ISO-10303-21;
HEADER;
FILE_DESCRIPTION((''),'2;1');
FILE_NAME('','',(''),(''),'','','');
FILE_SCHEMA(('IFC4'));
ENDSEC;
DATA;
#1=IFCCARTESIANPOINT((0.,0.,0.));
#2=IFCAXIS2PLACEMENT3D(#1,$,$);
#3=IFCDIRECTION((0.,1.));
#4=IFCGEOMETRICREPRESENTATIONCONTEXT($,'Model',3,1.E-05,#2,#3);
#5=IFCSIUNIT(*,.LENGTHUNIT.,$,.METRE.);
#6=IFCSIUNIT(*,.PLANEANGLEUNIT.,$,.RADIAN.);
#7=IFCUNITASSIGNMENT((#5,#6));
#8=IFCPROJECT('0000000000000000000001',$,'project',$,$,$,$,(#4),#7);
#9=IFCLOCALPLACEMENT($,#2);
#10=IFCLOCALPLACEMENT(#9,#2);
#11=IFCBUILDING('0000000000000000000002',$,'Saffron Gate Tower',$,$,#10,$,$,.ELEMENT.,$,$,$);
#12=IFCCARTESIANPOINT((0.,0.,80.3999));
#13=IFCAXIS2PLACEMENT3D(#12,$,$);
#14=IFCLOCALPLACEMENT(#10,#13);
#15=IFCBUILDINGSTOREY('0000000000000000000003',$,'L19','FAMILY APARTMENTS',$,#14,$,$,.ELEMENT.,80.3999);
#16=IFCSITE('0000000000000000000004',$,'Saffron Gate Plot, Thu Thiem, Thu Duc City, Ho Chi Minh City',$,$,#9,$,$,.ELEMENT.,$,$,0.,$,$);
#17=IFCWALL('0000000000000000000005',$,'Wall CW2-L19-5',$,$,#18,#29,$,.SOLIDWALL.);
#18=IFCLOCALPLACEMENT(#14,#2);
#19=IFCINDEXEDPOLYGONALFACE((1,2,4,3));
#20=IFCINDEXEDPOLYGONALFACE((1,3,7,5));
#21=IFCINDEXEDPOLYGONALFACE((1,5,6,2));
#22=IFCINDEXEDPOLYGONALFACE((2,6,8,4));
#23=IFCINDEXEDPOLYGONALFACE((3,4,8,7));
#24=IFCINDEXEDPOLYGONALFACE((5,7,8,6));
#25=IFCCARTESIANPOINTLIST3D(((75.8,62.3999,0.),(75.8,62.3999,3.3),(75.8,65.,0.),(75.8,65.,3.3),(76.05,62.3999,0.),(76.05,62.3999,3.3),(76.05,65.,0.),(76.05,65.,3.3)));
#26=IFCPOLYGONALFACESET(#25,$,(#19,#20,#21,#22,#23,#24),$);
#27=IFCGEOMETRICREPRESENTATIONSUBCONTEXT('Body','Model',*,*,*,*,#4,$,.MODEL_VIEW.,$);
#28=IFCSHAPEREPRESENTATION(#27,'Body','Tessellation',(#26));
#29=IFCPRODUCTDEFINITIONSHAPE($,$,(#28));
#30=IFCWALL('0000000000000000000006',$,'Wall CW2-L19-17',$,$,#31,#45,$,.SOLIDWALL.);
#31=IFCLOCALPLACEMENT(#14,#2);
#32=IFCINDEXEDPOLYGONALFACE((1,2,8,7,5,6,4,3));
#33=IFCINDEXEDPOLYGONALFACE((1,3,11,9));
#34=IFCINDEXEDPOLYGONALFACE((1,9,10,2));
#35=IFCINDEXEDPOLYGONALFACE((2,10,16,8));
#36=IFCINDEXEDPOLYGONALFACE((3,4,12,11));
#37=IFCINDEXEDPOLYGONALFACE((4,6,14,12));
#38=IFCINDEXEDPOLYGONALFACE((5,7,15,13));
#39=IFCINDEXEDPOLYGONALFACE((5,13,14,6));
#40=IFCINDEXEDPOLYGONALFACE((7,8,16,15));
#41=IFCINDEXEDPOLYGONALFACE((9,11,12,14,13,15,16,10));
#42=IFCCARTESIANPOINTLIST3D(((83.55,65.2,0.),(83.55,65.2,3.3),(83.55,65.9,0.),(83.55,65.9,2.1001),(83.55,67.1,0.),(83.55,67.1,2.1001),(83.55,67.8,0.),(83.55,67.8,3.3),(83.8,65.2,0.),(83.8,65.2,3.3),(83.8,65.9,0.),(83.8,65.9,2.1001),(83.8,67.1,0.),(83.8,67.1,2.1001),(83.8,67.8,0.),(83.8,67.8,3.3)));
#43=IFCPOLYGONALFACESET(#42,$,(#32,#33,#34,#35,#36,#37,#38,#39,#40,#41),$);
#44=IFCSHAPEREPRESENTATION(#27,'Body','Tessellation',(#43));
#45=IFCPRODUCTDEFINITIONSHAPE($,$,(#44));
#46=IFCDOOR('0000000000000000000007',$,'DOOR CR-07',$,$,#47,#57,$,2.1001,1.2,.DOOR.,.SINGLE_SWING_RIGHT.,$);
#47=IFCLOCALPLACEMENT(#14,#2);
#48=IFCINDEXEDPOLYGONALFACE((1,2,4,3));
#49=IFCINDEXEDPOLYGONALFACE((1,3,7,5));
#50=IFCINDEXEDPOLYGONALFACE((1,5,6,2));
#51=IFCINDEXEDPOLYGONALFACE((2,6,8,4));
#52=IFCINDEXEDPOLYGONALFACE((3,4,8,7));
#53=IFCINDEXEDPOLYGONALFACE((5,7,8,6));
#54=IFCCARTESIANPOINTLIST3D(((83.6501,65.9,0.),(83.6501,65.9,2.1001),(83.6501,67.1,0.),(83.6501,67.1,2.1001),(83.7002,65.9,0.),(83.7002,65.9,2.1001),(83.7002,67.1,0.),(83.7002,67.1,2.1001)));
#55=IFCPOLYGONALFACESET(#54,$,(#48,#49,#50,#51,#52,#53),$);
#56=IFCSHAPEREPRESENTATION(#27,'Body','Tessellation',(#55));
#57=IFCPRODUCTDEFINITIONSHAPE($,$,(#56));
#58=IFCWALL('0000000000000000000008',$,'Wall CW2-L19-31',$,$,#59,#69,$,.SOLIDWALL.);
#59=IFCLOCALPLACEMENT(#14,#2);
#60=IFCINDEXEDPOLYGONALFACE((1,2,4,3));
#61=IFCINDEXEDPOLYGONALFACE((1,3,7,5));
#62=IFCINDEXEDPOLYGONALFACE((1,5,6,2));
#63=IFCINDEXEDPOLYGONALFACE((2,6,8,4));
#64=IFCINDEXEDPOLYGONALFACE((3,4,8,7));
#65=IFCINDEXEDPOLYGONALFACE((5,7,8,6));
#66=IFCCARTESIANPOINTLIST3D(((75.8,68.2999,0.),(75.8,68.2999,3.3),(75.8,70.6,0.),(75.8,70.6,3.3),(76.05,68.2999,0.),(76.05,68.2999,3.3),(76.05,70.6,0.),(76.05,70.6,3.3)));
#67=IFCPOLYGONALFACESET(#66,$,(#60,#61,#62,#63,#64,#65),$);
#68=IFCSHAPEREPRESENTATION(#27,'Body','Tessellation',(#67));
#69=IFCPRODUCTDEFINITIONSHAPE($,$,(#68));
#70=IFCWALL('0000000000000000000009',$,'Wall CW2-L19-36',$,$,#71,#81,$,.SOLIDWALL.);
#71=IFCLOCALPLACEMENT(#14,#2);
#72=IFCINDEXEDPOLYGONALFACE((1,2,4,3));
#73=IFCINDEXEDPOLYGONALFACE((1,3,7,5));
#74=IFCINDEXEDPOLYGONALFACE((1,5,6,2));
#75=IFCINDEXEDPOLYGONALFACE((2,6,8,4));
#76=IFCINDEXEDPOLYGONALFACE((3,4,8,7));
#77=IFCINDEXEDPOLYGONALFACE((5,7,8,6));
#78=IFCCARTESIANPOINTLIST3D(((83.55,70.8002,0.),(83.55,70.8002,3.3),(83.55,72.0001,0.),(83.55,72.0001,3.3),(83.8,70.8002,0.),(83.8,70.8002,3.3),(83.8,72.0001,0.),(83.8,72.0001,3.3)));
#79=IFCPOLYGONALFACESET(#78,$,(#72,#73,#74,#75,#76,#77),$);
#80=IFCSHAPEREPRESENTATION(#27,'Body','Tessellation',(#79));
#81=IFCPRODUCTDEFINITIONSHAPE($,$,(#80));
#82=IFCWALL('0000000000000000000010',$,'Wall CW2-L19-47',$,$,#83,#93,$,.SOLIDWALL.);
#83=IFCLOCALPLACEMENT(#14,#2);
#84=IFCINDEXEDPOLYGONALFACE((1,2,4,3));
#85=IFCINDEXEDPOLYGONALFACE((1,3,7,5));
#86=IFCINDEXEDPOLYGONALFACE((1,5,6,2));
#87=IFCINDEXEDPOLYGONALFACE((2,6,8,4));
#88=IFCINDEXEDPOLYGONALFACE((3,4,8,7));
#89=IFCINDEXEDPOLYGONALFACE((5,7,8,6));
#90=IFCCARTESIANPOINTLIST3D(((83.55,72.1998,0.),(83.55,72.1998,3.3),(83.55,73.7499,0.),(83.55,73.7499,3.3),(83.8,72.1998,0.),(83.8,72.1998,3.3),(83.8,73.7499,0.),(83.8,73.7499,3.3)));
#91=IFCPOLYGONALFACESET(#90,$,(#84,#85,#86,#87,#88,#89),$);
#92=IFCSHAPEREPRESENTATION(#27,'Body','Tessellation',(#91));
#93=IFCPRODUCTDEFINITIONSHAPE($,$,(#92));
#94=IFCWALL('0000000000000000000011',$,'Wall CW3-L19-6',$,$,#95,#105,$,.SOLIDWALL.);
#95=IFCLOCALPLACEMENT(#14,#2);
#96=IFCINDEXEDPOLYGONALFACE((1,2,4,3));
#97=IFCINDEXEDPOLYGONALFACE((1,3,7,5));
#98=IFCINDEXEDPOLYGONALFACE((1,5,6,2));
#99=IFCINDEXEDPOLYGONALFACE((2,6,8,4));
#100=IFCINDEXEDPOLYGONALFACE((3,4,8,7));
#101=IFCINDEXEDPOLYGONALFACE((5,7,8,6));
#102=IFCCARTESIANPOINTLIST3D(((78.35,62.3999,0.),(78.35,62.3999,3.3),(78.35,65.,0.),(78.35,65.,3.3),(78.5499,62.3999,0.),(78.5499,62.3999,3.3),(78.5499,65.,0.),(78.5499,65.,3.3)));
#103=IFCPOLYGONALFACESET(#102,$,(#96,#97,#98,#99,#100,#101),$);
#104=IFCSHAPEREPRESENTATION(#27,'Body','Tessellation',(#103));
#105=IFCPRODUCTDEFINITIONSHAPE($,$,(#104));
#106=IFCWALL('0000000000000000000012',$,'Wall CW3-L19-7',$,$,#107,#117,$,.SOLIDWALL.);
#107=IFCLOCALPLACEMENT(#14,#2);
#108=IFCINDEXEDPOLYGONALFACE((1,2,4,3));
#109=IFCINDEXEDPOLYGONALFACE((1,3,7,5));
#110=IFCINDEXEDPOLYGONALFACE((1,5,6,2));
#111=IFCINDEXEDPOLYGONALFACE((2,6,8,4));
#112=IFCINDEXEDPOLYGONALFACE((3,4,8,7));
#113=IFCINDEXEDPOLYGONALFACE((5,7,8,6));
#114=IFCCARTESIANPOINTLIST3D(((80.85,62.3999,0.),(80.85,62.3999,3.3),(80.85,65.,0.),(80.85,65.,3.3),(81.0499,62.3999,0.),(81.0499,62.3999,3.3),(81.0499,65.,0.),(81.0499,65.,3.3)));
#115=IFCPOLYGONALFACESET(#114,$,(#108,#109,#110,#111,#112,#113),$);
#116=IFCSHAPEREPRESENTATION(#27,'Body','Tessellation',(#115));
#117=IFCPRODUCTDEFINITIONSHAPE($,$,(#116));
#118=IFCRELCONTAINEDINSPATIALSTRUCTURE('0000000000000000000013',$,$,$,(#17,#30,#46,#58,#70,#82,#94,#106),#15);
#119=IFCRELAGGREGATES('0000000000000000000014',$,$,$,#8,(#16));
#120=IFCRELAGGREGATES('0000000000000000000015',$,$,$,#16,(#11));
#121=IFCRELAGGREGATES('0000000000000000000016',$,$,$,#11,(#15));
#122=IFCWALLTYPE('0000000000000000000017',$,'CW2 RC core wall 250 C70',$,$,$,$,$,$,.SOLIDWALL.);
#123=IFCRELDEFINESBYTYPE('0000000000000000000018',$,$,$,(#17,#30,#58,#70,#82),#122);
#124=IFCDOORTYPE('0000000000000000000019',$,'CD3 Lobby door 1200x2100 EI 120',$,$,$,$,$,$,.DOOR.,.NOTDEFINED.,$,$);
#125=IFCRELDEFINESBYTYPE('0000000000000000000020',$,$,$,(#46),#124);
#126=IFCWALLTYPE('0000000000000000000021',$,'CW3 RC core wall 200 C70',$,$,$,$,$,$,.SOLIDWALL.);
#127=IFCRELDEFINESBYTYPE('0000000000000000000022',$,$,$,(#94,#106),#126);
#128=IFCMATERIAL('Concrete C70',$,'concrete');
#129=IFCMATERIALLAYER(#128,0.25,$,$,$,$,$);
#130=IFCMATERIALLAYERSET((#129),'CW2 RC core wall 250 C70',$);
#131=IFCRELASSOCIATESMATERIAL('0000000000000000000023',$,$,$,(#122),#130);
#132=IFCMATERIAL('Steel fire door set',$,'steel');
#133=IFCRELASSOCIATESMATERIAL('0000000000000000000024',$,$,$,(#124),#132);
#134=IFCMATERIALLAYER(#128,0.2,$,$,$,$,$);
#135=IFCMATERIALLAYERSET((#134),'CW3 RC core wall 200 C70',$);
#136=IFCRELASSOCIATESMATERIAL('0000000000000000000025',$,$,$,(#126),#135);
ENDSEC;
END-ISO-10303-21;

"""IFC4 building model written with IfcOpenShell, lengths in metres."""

from ifc_helpers import new_model, si_unit, direction, frame, frame_2d, origin, place, context, subcontext, project, spatial, rectangle, extrude, material, layer, layer_set, type_object, element, fill, save


model = new_model("IFC4")

# Units and contexts
model_context = context("Model", 3, precision=1e-05, world=origin(), true_north=direction((0.0, 1.0)))
body_context = subcontext(model_context, "Body", "Model", "MODEL_VIEW")
ifc_project = project(units=[si_unit("LENGTHUNIT", "METRE"), si_unit("PLANEANGLEUNIT", "RADIAN")], contexts=[model_context])

# Site, building, storey
site_placement = place(None, origin())
site = spatial("IfcSite", under=ifc_project, at=site_placement, Name="Saffron Gate Plot, Thu Thiem, Thu Duc City, Ho Chi Minh City", CompositionType="ELEMENT", RefElevation=0.0)
building_placement = place(site_placement, origin())
building = spatial("IfcBuilding", under=site, at=building_placement, Name="Saffron Gate Tower", CompositionType="ELEMENT")
storey_placement = place(building_placement, frame((0.0, 0.0, 80.3999)))
storey = spatial("IfcBuildingStorey", under=building, at=storey_placement, Name="L19", Description="FAMILY APARTMENTS", CompositionType="ELEMENT", Elevation=80.3999)

# Wall
ifc_material_1 = material(Name="Concrete C70", Category="concrete")
ifc_layer_1 = layer(ifc_material_1, 0.25)
ifc_layer_set_1 = layer_set([ifc_layer_1], Name="CW2 RC core wall 250 C70")
wall_type_1 = type_object("IfcWallType", Name="CW2 RC core wall 250 C70", PredefinedType="SOLIDWALL", material=ifc_layer_set_1)
wall_1_placement = place(storey_placement, frame((75.925, 62.3999, 0.0), z_axis=(0.0, 0.0, 1.0), x_axis=(0.0, 1.0, 0.0)))
element("IfcWall", 1, at=wall_1_placement, inside=storey, type_object=wall_type_1, Name="Wall CW2-L19-5", PredefinedType="SOLIDWALL", context=body_context, shape_type="SweptSolid", body=[
    extrude(rectangle(XDim=2.6001, YDim=0.25, at=frame_2d((1.3, 0.0))), origin(), (0.0, 0.0, 1.0), 3.3),
])

# Wall, opening, door
wall_2_placement = place(storey_placement, frame((83.675, 65.2, 0.0), z_axis=(0.0, 0.0, 1.0), x_axis=(0.0, 1.0, 0.0)))
wall_2 = element("IfcWall", 2, at=wall_2_placement, inside=storey, type_object=wall_type_1, Name="Wall CW2-L19-17", PredefinedType="SOLIDWALL", context=body_context, shape_type="SweptSolid", body=[
    extrude(rectangle(XDim=2.6001, YDim=0.25, at=frame_2d((1.3, 0.0))), origin(), (0.0, 0.0, 1.0), 3.3),
])
opening_1_placement = place(wall_2_placement, frame((0.7, 0.0, 0.0)))
opening_1 = element("IfcOpeningElement", 3, at=opening_1_placement, cuts=wall_2, PredefinedType="OPENING", context=body_context, shape_type="SweptSolid", body=[
    extrude(rectangle(XDim=1.2, YDim=2.1001, at=frame_2d((0.6001, 1.05))), frame((0.0, 0.135, 0.0), z_axis=(0.0, -1.0, 0.0), x_axis=(1.0, 0.0, 0.0)), (0.0, 0.0, 1.0), 0.27),
])
ifc_material_2 = material(Name="Steel fire door set", Category="steel")
door_type_1 = type_object("IfcDoorType", Name="CD3 Lobby door 1200x2100 EI 120", OperationType="NOTDEFINED", PredefinedType="DOOR", material=ifc_material_2)
door_1_placement = place(opening_1_placement, origin())
door_1 = element("IfcDoor", 4, at=door_1_placement, inside=storey, type_object=door_type_1, Name="DOOR CR-07", OperationType="SINGLE_SWING_RIGHT", OverallHeight=2.1001, OverallWidth=1.2, PredefinedType="DOOR", context=body_context, shape_type="SweptSolid", body=[
    extrude(rectangle(XDim=1.2, YDim=2.1001, at=frame_2d((0.6001, 1.05))), frame((0.0, 0.0249, 0.0), z_axis=(0.0, -1.0, 0.0), x_axis=(1.0, 0.0, 0.0)), (0.0, 0.0, 1.0), 0.05),
])
fill(opening_1, door_1)

# Walls
wall_3_placement = place(storey_placement, frame((75.925, 68.3, 0.0), z_axis=(0.0, 0.0, 1.0), x_axis=(0.0, 1.0, 0.0)))
element("IfcWall", 5, at=wall_3_placement, inside=storey, type_object=wall_type_1, Name="Wall CW2-L19-31", PredefinedType="SOLIDWALL", context=body_context, shape_type="SweptSolid", body=[
    extrude(rectangle(XDim=2.3, YDim=0.25, at=frame_2d((1.1499, 0.0))), origin(), (0.0, 0.0, 1.0), 3.3),
])
wall_4_placement = place(storey_placement, frame((83.675, 70.8, 0.0), z_axis=(0.0, 0.0, 1.0), x_axis=(0.0, 1.0, 0.0)))
element("IfcWall", 6, at=wall_4_placement, inside=storey, type_object=wall_type_1, Name="Wall CW2-L19-36", PredefinedType="SOLIDWALL", context=body_context, shape_type="SweptSolid", body=[
    extrude(rectangle(XDim=1.2, YDim=0.25, at=frame_2d((0.6001, 0.0))), origin(), (0.0, 0.0, 1.0), 3.3),
])
wall_5_placement = place(storey_placement, frame((83.675, 72.2, 0.0), z_axis=(0.0, 0.0, 1.0), x_axis=(0.0, 1.0, 0.0)))
element("IfcWall", 7, at=wall_5_placement, inside=storey, type_object=wall_type_1, Name="Wall CW2-L19-47", PredefinedType="SOLIDWALL", context=body_context, shape_type="SweptSolid", body=[
    extrude(rectangle(XDim=1.55, YDim=0.25, at=frame_2d((0.7749, 0.0))), origin(), (0.0, 0.0, 1.0), 3.3),
])
ifc_layer_2 = layer(ifc_material_1, 0.2)
ifc_layer_set_2 = layer_set([ifc_layer_2], Name="CW3 RC core wall 200 C70")
wall_type_2 = type_object("IfcWallType", Name="CW3 RC core wall 200 C70", PredefinedType="SOLIDWALL", material=ifc_layer_set_2)
for number, where, z_axis, x_axis, name in (
    (8, (78.45, 62.3999, 0.0), (0.0, 0.0, 1.0), (0.0, 1.0, 0.0), "Wall CW3-L19-6"),
    (9, (80.95, 62.3999, 0.0), (0.0, 0.0, 1.0), (0.0, 1.0, 0.0), "Wall CW3-L19-7"),
):
    element("IfcWall", number, at=place(storey_placement, frame(where, z_axis=z_axis, x_axis=x_axis)), inside=storey, type_object=wall_type_2, Name=name, PredefinedType="SOLIDWALL", context=body_context, shape_type="SweptSolid", body=[
        extrude(rectangle(XDim=2.6001, YDim=0.2, at=frame_2d((1.3, 0.0))), origin(), (0.0, 0.0, 1.0), 3.3),
    ])

save(model, "model.ifc")
